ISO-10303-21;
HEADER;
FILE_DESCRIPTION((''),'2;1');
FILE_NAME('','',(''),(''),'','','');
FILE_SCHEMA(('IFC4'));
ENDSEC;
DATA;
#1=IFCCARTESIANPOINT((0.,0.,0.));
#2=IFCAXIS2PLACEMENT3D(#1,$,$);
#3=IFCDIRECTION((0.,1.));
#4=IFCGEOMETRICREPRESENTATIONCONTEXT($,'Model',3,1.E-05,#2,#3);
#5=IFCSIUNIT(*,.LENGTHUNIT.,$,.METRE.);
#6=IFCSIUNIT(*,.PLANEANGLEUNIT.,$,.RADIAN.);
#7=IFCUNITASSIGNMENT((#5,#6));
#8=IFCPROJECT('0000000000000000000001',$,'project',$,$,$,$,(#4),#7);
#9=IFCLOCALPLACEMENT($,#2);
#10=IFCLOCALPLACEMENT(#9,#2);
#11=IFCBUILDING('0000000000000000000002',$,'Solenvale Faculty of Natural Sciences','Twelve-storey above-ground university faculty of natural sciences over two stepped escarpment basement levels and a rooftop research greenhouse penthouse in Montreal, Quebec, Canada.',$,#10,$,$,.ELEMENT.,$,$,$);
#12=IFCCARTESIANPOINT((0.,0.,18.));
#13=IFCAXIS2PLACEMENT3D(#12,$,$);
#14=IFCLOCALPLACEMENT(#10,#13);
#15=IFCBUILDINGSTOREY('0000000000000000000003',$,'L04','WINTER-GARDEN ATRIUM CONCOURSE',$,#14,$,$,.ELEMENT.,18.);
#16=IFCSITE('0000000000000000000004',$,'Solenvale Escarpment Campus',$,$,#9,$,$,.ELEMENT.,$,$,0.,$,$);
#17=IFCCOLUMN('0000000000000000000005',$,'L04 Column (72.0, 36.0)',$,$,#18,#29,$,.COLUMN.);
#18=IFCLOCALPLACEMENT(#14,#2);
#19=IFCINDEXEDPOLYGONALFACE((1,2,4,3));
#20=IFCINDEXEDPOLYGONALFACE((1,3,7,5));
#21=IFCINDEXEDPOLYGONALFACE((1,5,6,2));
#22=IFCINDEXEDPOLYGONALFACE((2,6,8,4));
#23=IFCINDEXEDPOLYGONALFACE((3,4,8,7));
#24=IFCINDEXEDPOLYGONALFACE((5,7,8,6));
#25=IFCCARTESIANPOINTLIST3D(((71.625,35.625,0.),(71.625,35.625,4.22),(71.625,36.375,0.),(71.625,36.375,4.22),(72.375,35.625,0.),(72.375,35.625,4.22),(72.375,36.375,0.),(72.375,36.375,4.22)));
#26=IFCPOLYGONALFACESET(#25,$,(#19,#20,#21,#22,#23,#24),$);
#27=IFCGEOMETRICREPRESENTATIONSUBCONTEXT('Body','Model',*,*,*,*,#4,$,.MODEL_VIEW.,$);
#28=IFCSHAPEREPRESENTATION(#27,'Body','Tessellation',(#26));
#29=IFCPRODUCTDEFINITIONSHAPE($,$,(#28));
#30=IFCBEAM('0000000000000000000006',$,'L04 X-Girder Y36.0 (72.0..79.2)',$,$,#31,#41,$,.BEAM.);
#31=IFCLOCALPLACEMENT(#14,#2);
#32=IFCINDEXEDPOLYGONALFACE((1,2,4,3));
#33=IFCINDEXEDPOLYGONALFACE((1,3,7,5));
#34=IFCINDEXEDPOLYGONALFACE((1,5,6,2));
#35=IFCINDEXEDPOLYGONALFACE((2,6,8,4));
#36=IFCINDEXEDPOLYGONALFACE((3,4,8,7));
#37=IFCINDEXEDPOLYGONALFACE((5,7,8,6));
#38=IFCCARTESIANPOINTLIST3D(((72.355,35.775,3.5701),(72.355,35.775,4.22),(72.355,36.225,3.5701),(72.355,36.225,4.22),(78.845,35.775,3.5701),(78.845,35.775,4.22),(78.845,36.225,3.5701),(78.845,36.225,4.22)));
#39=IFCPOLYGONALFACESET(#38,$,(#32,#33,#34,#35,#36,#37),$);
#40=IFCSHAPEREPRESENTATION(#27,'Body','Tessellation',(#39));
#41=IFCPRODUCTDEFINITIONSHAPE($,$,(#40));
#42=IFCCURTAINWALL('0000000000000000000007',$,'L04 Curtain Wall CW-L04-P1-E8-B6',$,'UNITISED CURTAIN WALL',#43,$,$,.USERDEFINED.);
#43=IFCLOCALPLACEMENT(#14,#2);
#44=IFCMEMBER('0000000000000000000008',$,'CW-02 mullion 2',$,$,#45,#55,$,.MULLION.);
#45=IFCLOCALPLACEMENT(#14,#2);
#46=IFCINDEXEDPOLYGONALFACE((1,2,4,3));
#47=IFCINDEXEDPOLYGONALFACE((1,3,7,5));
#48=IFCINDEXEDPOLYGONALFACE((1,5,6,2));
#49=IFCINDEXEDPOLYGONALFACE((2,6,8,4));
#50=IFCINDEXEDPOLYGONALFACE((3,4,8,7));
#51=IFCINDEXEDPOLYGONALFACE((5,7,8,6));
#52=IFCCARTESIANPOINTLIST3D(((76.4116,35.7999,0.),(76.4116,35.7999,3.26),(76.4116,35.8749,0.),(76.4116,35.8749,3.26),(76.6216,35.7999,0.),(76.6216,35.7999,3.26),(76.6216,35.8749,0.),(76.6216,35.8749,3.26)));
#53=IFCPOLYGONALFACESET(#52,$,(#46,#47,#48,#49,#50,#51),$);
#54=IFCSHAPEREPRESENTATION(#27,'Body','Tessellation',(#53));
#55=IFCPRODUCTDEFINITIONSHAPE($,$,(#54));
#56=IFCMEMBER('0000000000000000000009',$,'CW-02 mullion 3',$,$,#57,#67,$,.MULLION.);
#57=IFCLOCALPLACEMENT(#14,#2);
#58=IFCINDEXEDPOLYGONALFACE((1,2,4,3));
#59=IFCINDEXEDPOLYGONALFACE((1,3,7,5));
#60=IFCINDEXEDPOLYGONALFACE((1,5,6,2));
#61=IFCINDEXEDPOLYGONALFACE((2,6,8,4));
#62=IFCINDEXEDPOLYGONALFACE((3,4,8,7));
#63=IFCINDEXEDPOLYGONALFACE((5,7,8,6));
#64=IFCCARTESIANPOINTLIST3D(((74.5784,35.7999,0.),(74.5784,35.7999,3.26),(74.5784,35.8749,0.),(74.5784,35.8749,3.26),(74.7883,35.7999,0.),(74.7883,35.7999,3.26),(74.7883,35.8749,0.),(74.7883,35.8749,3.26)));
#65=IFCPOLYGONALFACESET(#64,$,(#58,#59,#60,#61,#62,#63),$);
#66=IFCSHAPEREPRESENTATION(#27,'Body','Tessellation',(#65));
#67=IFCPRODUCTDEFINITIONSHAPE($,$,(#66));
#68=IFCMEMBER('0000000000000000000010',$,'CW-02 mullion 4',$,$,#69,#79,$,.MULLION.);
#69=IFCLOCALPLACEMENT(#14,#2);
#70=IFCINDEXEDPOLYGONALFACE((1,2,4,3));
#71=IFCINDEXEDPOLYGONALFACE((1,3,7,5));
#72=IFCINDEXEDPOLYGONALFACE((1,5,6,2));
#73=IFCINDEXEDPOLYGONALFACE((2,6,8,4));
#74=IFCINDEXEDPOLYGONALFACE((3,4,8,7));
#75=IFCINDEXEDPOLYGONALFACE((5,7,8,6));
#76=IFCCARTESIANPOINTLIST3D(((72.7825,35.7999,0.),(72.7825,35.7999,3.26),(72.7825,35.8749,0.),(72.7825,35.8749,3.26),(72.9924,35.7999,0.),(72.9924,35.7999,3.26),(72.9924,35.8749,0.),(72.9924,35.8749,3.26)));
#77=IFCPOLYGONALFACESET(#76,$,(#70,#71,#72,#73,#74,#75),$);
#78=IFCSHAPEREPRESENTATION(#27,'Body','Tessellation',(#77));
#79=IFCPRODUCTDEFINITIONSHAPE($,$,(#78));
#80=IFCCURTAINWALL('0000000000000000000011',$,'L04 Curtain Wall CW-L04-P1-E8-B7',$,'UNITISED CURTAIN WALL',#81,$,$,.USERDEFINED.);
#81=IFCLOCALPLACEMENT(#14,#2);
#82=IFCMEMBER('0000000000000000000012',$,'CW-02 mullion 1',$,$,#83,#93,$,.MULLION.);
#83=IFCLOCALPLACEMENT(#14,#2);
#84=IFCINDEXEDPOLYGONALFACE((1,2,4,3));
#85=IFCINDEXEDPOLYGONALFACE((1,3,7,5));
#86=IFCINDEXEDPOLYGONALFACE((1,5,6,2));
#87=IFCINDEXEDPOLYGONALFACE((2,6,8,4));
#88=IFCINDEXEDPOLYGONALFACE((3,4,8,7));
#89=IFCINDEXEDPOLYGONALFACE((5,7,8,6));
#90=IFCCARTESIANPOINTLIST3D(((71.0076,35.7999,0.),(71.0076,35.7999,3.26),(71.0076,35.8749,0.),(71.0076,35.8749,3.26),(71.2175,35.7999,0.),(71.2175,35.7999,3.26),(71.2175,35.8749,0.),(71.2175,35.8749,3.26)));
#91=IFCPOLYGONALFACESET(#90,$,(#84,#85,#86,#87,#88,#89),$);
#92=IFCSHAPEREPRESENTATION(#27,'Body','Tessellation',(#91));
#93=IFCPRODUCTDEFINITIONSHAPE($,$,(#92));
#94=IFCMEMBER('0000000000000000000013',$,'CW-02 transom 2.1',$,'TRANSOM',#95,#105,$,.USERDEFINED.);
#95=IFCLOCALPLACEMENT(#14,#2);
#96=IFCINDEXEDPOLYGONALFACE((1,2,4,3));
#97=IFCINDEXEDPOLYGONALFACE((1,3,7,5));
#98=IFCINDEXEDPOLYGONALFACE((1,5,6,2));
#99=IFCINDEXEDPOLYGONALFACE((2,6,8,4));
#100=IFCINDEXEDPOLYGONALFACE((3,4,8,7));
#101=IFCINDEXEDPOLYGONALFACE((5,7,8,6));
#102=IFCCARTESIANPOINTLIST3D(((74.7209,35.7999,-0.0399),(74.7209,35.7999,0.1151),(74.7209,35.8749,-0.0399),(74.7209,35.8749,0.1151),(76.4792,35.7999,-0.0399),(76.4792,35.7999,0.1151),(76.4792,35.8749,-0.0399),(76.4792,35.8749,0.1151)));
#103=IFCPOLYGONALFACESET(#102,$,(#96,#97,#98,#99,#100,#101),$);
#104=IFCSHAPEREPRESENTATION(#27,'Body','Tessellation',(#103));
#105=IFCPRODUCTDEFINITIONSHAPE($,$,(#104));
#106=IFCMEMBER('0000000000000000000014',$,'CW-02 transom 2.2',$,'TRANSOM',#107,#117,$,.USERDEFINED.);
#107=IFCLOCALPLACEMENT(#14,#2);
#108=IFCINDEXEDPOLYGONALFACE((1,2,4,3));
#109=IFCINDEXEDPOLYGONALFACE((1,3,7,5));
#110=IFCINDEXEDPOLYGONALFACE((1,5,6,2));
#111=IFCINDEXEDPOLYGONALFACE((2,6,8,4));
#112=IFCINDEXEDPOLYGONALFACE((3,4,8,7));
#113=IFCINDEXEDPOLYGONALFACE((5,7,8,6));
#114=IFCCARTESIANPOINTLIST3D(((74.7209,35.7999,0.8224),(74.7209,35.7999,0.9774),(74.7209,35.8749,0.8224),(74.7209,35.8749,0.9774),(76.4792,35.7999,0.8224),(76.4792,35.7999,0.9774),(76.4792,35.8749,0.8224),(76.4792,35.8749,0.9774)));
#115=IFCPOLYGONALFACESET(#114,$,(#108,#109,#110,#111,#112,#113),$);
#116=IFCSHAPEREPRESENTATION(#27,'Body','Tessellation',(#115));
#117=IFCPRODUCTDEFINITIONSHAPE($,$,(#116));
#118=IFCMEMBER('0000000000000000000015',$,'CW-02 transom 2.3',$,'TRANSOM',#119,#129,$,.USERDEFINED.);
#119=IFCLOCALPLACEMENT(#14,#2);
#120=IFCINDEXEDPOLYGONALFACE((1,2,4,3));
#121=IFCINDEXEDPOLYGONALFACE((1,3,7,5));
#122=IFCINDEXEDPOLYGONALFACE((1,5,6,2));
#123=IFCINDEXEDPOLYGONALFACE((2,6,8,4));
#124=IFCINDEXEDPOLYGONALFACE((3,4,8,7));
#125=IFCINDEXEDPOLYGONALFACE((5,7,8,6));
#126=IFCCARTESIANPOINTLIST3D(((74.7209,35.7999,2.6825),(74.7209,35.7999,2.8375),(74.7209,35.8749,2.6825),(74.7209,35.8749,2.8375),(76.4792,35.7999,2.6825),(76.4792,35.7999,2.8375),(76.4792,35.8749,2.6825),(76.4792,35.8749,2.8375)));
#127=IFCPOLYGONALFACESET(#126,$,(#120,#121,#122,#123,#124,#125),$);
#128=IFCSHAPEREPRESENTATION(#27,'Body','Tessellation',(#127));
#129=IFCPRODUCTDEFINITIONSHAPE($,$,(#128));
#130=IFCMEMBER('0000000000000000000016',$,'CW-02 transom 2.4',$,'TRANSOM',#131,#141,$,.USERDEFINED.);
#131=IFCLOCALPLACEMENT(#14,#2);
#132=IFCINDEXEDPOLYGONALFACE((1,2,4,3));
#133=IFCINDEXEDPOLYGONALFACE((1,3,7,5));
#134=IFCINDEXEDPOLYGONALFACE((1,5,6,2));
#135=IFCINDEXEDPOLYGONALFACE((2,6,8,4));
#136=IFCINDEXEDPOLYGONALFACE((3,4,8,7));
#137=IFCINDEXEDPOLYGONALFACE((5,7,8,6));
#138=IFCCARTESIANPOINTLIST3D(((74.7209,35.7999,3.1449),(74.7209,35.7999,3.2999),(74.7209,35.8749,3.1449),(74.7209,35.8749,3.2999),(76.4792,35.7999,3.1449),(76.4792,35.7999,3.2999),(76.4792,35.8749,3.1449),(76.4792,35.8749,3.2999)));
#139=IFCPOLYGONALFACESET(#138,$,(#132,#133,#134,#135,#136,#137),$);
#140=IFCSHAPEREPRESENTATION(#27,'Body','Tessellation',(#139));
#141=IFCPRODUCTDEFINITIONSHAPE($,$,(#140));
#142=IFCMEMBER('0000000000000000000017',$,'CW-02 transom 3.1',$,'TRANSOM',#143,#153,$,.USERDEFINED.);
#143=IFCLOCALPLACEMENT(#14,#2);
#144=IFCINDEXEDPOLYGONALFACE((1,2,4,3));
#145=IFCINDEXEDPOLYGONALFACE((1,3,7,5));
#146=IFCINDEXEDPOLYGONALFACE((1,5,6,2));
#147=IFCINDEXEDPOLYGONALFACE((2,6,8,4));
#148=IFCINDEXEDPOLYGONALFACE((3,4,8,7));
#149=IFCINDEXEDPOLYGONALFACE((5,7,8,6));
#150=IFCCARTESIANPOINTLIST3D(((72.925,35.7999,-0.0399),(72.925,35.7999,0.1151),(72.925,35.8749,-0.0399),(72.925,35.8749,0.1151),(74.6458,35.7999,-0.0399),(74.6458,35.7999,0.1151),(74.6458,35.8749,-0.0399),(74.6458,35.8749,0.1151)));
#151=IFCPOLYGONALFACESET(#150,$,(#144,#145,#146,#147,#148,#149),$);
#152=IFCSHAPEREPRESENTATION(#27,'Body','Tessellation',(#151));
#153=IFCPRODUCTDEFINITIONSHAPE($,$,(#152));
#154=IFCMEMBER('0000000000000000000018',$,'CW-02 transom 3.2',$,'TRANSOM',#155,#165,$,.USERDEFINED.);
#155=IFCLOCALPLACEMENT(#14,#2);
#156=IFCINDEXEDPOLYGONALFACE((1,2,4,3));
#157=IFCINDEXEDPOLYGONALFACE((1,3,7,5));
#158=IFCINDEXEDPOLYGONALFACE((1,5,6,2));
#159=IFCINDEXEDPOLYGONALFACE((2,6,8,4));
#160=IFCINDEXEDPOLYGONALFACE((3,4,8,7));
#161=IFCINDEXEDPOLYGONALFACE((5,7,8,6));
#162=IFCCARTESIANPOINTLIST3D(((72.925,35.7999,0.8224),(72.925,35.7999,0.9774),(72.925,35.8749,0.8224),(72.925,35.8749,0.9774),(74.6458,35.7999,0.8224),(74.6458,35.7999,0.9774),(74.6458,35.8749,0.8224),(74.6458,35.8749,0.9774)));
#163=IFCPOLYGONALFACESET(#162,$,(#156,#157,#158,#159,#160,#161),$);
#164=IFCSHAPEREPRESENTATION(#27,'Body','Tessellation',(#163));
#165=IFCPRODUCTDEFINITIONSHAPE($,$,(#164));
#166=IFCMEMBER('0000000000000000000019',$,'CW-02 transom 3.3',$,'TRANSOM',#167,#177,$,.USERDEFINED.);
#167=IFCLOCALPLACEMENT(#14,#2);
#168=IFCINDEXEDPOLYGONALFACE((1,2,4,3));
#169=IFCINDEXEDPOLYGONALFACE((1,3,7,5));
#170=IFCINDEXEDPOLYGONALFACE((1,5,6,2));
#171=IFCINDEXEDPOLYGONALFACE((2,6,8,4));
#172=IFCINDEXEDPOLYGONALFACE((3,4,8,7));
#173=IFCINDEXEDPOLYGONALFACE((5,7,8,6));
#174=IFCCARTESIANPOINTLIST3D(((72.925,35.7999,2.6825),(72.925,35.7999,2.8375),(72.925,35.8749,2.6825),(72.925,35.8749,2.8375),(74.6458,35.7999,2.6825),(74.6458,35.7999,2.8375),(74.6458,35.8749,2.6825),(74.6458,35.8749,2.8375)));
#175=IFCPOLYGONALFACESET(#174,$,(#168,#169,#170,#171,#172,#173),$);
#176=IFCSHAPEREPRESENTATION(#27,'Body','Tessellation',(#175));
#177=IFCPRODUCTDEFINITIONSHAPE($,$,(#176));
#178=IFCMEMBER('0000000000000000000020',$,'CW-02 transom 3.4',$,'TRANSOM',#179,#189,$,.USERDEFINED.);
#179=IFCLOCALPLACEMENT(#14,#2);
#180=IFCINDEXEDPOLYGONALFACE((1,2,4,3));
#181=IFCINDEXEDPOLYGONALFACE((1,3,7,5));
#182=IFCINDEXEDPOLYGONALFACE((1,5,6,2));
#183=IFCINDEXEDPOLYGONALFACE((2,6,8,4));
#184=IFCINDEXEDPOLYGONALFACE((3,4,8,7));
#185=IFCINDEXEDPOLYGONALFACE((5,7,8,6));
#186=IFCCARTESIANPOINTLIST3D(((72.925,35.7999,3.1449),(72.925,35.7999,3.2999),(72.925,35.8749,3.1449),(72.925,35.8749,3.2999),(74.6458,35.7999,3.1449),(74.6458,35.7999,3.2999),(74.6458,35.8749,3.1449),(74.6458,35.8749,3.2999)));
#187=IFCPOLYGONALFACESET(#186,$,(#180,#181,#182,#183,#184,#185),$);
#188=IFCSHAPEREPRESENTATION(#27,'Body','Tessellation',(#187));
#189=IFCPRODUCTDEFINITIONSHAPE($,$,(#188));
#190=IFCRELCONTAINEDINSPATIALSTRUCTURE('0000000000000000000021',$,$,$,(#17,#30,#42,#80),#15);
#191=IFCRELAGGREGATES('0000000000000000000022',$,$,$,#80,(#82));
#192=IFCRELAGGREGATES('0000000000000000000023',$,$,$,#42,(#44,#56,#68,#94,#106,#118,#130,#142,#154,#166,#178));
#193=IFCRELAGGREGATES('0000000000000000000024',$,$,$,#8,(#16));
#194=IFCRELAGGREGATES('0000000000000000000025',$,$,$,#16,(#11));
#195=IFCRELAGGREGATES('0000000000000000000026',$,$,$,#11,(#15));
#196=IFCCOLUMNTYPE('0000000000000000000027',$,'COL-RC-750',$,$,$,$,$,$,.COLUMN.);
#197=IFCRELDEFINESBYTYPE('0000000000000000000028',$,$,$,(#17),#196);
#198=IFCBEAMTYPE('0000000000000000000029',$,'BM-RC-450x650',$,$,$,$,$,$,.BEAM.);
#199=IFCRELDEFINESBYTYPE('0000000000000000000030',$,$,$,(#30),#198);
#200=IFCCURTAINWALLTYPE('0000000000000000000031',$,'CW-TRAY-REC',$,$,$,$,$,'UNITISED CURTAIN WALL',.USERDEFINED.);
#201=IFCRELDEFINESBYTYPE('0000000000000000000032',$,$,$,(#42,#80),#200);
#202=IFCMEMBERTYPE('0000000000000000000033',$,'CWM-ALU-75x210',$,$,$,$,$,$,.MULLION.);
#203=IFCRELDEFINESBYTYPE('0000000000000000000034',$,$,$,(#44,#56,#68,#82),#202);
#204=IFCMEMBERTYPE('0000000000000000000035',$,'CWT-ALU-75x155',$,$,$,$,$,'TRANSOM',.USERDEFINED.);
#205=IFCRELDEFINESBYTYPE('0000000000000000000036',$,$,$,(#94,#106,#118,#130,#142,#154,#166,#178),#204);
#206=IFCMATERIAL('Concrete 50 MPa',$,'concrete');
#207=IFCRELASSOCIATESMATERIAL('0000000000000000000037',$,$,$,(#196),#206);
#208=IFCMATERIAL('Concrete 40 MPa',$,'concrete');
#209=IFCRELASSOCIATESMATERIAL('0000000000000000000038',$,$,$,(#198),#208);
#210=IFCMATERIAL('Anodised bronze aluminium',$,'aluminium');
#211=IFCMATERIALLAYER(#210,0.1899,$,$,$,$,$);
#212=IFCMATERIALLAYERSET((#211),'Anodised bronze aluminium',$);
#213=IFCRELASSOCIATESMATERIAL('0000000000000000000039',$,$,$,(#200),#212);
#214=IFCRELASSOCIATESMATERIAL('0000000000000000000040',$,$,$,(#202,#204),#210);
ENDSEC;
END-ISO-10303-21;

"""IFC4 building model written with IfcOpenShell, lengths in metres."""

from ifc_helpers import new_model, si_unit, direction, frame, origin, origin_2d, place, context, subcontext, project, spatial, rectangle, extrude, material, layer, layer_set, material_profile, profile_set, type_object, element, aggregate, save


model = new_model("IFC4")

# Units and contexts
model_context = context("Model", 3, precision=1e-05, world=origin(), true_north=direction((0.0, 1.0)))
body_context = subcontext(model_context, "Body", "Model", "MODEL_VIEW")
ifc_project = project(units=[si_unit("LENGTHUNIT", "METRE"), si_unit("PLANEANGLEUNIT", "RADIAN")], contexts=[model_context])

# Site, building, storey
site_placement = place(None, origin())
site = spatial("IfcSite", under=ifc_project, at=site_placement, Name="Solenvale Escarpment Campus", CompositionType="ELEMENT", RefElevation=0.0)
building_placement = place(site_placement, origin())
building = spatial("IfcBuilding", under=site, at=building_placement, Name="Solenvale Faculty of Natural Sciences", Description="Twelve-storey above-ground university faculty of natural sciences over two stepped escarpment basement levels and a rooftop research greenhouse penthouse in Montreal, Quebec, Canada.", CompositionType="ELEMENT")
storey_placement = place(building_placement, frame((0.0, 0.0, 18.0)))
storey = spatial("IfcBuildingStorey", under=building, at=storey_placement, Name="L04", Description="WINTER-GARDEN ATRIUM CONCOURSE", CompositionType="ELEMENT", Elevation=18.0)

# Column
ifc_material_1 = material(Name="Concrete 50 MPa", Category="concrete")
ifc_material_profile_1 = material_profile(ifc_material_1, rectangle(XDim=0.75, YDim=0.75, at=origin_2d()), Name="RC-COL-750x750")
ifc_profile_set_1 = profile_set([ifc_material_profile_1], Name="Concrete 50 MPa")
column_type = type_object("IfcColumnType", Name="COL-RC-750", PredefinedType="COLUMN", material=ifc_profile_set_1)
column_placement = place(storey_placement, frame((72.0, 36.0, 0.0), z_axis=(0.0, 0.0, 1.0), x_axis=(1.0, 0.0, 0.0)))
element("IfcColumn", 1, at=column_placement, inside=storey, type_object=column_type, Name="L04 Column (72.0, 36.0)", PredefinedType="COLUMN", context=body_context, shape_type="SweptSolid", body=[
    extrude(rectangle(XDim=0.75, YDim=0.75, at=origin_2d()), origin(), (0.0, 0.0, 1.0), 4.22),
])

# Beam
ifc_material_2 = material(Name="Concrete 40 MPa", Category="concrete")
ifc_material_profile_2 = material_profile(ifc_material_2, rectangle(XDim=0.45, YDim=0.6499, at=origin_2d()), Name="RC-BM-450x650")
ifc_profile_set_2 = profile_set([ifc_material_profile_2], Name="Concrete 40 MPa")
beam_type = type_object("IfcBeamType", Name="BM-RC-450x650", PredefinedType="BEAM", material=ifc_profile_set_2)
beam_placement = place(storey_placement, frame((72.355, 36.0, 3.895), z_axis=(1.0, 0.0, 0.0), x_axis=(0.0, 1.0, 0.0)))
element("IfcBeam", 2, at=beam_placement, inside=storey, type_object=beam_type, Name="L04 X-Girder Y36.0 (72.0..79.2)", PredefinedType="BEAM", context=body_context, shape_type="SweptSolid", body=[
    extrude(rectangle(XDim=0.45, YDim=0.6499, at=origin_2d()), origin(), (0.0, 0.0, 1.0), 6.49),
])

# Curtain wall, members
ifc_material_3 = material(Name="Anodised bronze aluminium", Category="aluminium")
ifc_layer_1 = layer(ifc_material_3, 0.1899)
ifc_layer_set_1 = layer_set([ifc_layer_1], Name="Anodised bronze aluminium")
curtain_wall_type = type_object("IfcCurtainWallType", Name="CW-TRAY-REC", ElementType="UNITISED CURTAIN WALL", PredefinedType="USERDEFINED", material=ifc_layer_set_1)
curtain_wall_1_placement = place(storey_placement, origin())
curtain_wall_1 = element("IfcCurtainWall", 3, at=curtain_wall_1_placement, inside=storey, type_object=curtain_wall_type, Name="L04 Curtain Wall CW-L04-P1-E8-B6", ObjectType="UNITISED CURTAIN WALL", PredefinedType="USERDEFINED")
ifc_material_profile_3 = material_profile(ifc_material_3, rectangle(XDim=0.075, YDim=0.21, at=origin_2d()), Name="ALU-MUL-75x210")
ifc_profile_set_3 = profile_set([ifc_material_profile_3], Name="Anodised bronze aluminium")
member_type_1 = type_object("IfcMemberType", Name="CWM-ALU-75x210", PredefinedType="MULLION", material=ifc_profile_set_3)
member_1_placement = place(storey_placement, frame((76.5166, 35.8374, 0.0), z_axis=(0.0, 0.0, 1.0), x_axis=(0.0, -1.0, 0.0)))
member_1 = element("IfcMember", 4, at=member_1_placement, type_object=member_type_1, Name="CW-02 mullion 2", PredefinedType="MULLION", context=body_context, shape_type="SweptSolid", body=[
    extrude(rectangle(XDim=0.075, YDim=0.21, at=origin_2d()), origin(), (0.0, 0.0, 1.0), 3.26),
])
member_2_placement = place(storey_placement, frame((74.6833, 35.8374, 0.0), z_axis=(0.0, 0.0, 1.0), x_axis=(0.0, -1.0, 0.0)))
member_2 = element("IfcMember", 5, at=member_2_placement, type_object=member_type_1, Name="CW-02 mullion 3", PredefinedType="MULLION", context=body_context, shape_type="SweptSolid", body=[
    extrude(rectangle(XDim=0.075, YDim=0.21, at=origin_2d()), origin(), (0.0, 0.0, 1.0), 3.26),
])
member_3_placement = place(storey_placement, frame((72.8875, 35.8374, 0.0), z_axis=(0.0, 0.0, 1.0), x_axis=(0.0, -1.0, 0.0)))
member_3 = element("IfcMember", 6, at=member_3_placement, type_object=member_type_1, Name="CW-02 mullion 4", PredefinedType="MULLION", context=body_context, shape_type="SweptSolid", body=[
    extrude(rectangle(XDim=0.075, YDim=0.21, at=origin_2d()), origin(), (0.0, 0.0, 1.0), 3.26),
])

# Curtain wall, member
curtain_wall_2_placement = place(storey_placement, origin())
curtain_wall_2 = element("IfcCurtainWall", 7, at=curtain_wall_2_placement, inside=storey, type_object=curtain_wall_type, Name="L04 Curtain Wall CW-L04-P1-E8-B7", ObjectType="UNITISED CURTAIN WALL", PredefinedType="USERDEFINED")
member_4_placement = place(storey_placement, frame((71.1125, 35.8374, 0.0), z_axis=(0.0, 0.0, 1.0), x_axis=(0.0, -1.0, 0.0)))
member_4 = element("IfcMember", 8, at=member_4_placement, type_object=member_type_1, Name="CW-02 mullion 1", PredefinedType="MULLION", context=body_context, shape_type="SweptSolid", body=[
    extrude(rectangle(XDim=0.075, YDim=0.21, at=origin_2d()), origin(), (0.0, 0.0, 1.0), 3.26),
])

# Members
ifc_material_profile_4 = material_profile(ifc_material_3, rectangle(XDim=0.075, YDim=0.155, at=origin_2d()), Name="ALU-TRN-75x155")
ifc_profile_set_4 = profile_set([ifc_material_profile_4], Name="Anodised bronze aluminium")
member_type_2 = type_object("IfcMemberType", Name="CWT-ALU-75x155", ElementType="TRANSOM", PredefinedType="USERDEFINED", material=ifc_profile_set_4)
member_5_placement = place(storey_placement, frame((76.4792, 35.8374, 0.0376), z_axis=(-1.0, 0.0, 0.0), x_axis=(0.0, -1.0, 0.0)))
member_5 = element("IfcMember", 9, at=member_5_placement, type_object=member_type_2, Name="CW-02 transom 2.1", ObjectType="TRANSOM", PredefinedType="USERDEFINED", context=body_context, shape_type="SweptSolid", body=[
    extrude(rectangle(XDim=0.075, YDim=0.155, at=origin_2d()), origin(), (0.0, 0.0, 1.0), 1.7583),
])
member_6_placement = place(storey_placement, frame((76.4792, 35.8374, 0.8999), z_axis=(-1.0, 0.0, 0.0), x_axis=(0.0, -1.0, 0.0)))
member_6 = element("IfcMember", 10, at=member_6_placement, type_object=member_type_2, Name="CW-02 transom 2.2", ObjectType="TRANSOM", PredefinedType="USERDEFINED", context=body_context, shape_type="SweptSolid", body=[
    extrude(rectangle(XDim=0.075, YDim=0.155, at=origin_2d()), origin(), (0.0, 0.0, 1.0), 1.7583),
])
member_7_placement = place(storey_placement, frame((76.4792, 35.8374, 2.76), z_axis=(-1.0, 0.0, 0.0), x_axis=(0.0, -1.0, 0.0)))
member_7 = element("IfcMember", 11, at=member_7_placement, type_object=member_type_2, Name="CW-02 transom 2.3", ObjectType="TRANSOM", PredefinedType="USERDEFINED", context=body_context, shape_type="SweptSolid", body=[
    extrude(rectangle(XDim=0.075, YDim=0.155, at=origin_2d()), origin(), (0.0, 0.0, 1.0), 1.7583),
])
member_8_placement = place(storey_placement, frame((76.4792, 35.8374, 3.2224), z_axis=(-1.0, 0.0, 0.0), x_axis=(0.0, -1.0, 0.0)))
member_8 = element("IfcMember", 12, at=member_8_placement, type_object=member_type_2, Name="CW-02 transom 2.4", ObjectType="TRANSOM", PredefinedType="USERDEFINED", context=body_context, shape_type="SweptSolid", body=[
    extrude(rectangle(XDim=0.075, YDim=0.155, at=origin_2d()), origin(), (0.0, 0.0, 1.0), 1.7583),
])
member_9_placement = place(storey_placement, frame((74.6458, 35.8374, 0.0376), z_axis=(-1.0, 0.0, 0.0), x_axis=(0.0, -1.0, 0.0)))
member_9 = element("IfcMember", 13, at=member_9_placement, type_object=member_type_2, Name="CW-02 transom 3.1", ObjectType="TRANSOM", PredefinedType="USERDEFINED", context=body_context, shape_type="SweptSolid", body=[
    extrude(rectangle(XDim=0.075, YDim=0.155, at=origin_2d()), origin(), (0.0, 0.0, 1.0), 1.7207),
])
member_10_placement = place(storey_placement, frame((74.6458, 35.8374, 0.8999), z_axis=(-1.0, 0.0, 0.0), x_axis=(0.0, -1.0, 0.0)))
member_10 = element("IfcMember", 14, at=member_10_placement, type_object=member_type_2, Name="CW-02 transom 3.2", ObjectType="TRANSOM", PredefinedType="USERDEFINED", context=body_context, shape_type="SweptSolid", body=[
    extrude(rectangle(XDim=0.075, YDim=0.155, at=origin_2d()), origin(), (0.0, 0.0, 1.0), 1.7207),
])
member_11_placement = place(storey_placement, frame((74.6458, 35.8374, 2.76), z_axis=(-1.0, 0.0, 0.0), x_axis=(0.0, -1.0, 0.0)))
member_11 = element("IfcMember", 15, at=member_11_placement, type_object=member_type_2, Name="CW-02 transom 3.3", ObjectType="TRANSOM", PredefinedType="USERDEFINED", context=body_context, shape_type="SweptSolid", body=[
    extrude(rectangle(XDim=0.075, YDim=0.155, at=origin_2d()), origin(), (0.0, 0.0, 1.0), 1.7207),
])
member_12_placement = place(storey_placement, frame((74.6458, 35.8374, 3.2224), z_axis=(-1.0, 0.0, 0.0), x_axis=(0.0, -1.0, 0.0)))
member_12 = element("IfcMember", 16, at=member_12_placement, type_object=member_type_2, Name="CW-02 transom 3.4", ObjectType="TRANSOM", PredefinedType="USERDEFINED", context=body_context, shape_type="SweptSolid", body=[
    extrude(rectangle(XDim=0.075, YDim=0.155, at=origin_2d()), origin(), (0.0, 0.0, 1.0), 1.7207),
])
aggregate(curtain_wall_2, [member_4])

aggregate(curtain_wall_1, [member_1, member_2, member_3, member_5, member_6, member_7, member_8, member_9, member_10, member_11, member_12])

save(model, "model.ifc")
